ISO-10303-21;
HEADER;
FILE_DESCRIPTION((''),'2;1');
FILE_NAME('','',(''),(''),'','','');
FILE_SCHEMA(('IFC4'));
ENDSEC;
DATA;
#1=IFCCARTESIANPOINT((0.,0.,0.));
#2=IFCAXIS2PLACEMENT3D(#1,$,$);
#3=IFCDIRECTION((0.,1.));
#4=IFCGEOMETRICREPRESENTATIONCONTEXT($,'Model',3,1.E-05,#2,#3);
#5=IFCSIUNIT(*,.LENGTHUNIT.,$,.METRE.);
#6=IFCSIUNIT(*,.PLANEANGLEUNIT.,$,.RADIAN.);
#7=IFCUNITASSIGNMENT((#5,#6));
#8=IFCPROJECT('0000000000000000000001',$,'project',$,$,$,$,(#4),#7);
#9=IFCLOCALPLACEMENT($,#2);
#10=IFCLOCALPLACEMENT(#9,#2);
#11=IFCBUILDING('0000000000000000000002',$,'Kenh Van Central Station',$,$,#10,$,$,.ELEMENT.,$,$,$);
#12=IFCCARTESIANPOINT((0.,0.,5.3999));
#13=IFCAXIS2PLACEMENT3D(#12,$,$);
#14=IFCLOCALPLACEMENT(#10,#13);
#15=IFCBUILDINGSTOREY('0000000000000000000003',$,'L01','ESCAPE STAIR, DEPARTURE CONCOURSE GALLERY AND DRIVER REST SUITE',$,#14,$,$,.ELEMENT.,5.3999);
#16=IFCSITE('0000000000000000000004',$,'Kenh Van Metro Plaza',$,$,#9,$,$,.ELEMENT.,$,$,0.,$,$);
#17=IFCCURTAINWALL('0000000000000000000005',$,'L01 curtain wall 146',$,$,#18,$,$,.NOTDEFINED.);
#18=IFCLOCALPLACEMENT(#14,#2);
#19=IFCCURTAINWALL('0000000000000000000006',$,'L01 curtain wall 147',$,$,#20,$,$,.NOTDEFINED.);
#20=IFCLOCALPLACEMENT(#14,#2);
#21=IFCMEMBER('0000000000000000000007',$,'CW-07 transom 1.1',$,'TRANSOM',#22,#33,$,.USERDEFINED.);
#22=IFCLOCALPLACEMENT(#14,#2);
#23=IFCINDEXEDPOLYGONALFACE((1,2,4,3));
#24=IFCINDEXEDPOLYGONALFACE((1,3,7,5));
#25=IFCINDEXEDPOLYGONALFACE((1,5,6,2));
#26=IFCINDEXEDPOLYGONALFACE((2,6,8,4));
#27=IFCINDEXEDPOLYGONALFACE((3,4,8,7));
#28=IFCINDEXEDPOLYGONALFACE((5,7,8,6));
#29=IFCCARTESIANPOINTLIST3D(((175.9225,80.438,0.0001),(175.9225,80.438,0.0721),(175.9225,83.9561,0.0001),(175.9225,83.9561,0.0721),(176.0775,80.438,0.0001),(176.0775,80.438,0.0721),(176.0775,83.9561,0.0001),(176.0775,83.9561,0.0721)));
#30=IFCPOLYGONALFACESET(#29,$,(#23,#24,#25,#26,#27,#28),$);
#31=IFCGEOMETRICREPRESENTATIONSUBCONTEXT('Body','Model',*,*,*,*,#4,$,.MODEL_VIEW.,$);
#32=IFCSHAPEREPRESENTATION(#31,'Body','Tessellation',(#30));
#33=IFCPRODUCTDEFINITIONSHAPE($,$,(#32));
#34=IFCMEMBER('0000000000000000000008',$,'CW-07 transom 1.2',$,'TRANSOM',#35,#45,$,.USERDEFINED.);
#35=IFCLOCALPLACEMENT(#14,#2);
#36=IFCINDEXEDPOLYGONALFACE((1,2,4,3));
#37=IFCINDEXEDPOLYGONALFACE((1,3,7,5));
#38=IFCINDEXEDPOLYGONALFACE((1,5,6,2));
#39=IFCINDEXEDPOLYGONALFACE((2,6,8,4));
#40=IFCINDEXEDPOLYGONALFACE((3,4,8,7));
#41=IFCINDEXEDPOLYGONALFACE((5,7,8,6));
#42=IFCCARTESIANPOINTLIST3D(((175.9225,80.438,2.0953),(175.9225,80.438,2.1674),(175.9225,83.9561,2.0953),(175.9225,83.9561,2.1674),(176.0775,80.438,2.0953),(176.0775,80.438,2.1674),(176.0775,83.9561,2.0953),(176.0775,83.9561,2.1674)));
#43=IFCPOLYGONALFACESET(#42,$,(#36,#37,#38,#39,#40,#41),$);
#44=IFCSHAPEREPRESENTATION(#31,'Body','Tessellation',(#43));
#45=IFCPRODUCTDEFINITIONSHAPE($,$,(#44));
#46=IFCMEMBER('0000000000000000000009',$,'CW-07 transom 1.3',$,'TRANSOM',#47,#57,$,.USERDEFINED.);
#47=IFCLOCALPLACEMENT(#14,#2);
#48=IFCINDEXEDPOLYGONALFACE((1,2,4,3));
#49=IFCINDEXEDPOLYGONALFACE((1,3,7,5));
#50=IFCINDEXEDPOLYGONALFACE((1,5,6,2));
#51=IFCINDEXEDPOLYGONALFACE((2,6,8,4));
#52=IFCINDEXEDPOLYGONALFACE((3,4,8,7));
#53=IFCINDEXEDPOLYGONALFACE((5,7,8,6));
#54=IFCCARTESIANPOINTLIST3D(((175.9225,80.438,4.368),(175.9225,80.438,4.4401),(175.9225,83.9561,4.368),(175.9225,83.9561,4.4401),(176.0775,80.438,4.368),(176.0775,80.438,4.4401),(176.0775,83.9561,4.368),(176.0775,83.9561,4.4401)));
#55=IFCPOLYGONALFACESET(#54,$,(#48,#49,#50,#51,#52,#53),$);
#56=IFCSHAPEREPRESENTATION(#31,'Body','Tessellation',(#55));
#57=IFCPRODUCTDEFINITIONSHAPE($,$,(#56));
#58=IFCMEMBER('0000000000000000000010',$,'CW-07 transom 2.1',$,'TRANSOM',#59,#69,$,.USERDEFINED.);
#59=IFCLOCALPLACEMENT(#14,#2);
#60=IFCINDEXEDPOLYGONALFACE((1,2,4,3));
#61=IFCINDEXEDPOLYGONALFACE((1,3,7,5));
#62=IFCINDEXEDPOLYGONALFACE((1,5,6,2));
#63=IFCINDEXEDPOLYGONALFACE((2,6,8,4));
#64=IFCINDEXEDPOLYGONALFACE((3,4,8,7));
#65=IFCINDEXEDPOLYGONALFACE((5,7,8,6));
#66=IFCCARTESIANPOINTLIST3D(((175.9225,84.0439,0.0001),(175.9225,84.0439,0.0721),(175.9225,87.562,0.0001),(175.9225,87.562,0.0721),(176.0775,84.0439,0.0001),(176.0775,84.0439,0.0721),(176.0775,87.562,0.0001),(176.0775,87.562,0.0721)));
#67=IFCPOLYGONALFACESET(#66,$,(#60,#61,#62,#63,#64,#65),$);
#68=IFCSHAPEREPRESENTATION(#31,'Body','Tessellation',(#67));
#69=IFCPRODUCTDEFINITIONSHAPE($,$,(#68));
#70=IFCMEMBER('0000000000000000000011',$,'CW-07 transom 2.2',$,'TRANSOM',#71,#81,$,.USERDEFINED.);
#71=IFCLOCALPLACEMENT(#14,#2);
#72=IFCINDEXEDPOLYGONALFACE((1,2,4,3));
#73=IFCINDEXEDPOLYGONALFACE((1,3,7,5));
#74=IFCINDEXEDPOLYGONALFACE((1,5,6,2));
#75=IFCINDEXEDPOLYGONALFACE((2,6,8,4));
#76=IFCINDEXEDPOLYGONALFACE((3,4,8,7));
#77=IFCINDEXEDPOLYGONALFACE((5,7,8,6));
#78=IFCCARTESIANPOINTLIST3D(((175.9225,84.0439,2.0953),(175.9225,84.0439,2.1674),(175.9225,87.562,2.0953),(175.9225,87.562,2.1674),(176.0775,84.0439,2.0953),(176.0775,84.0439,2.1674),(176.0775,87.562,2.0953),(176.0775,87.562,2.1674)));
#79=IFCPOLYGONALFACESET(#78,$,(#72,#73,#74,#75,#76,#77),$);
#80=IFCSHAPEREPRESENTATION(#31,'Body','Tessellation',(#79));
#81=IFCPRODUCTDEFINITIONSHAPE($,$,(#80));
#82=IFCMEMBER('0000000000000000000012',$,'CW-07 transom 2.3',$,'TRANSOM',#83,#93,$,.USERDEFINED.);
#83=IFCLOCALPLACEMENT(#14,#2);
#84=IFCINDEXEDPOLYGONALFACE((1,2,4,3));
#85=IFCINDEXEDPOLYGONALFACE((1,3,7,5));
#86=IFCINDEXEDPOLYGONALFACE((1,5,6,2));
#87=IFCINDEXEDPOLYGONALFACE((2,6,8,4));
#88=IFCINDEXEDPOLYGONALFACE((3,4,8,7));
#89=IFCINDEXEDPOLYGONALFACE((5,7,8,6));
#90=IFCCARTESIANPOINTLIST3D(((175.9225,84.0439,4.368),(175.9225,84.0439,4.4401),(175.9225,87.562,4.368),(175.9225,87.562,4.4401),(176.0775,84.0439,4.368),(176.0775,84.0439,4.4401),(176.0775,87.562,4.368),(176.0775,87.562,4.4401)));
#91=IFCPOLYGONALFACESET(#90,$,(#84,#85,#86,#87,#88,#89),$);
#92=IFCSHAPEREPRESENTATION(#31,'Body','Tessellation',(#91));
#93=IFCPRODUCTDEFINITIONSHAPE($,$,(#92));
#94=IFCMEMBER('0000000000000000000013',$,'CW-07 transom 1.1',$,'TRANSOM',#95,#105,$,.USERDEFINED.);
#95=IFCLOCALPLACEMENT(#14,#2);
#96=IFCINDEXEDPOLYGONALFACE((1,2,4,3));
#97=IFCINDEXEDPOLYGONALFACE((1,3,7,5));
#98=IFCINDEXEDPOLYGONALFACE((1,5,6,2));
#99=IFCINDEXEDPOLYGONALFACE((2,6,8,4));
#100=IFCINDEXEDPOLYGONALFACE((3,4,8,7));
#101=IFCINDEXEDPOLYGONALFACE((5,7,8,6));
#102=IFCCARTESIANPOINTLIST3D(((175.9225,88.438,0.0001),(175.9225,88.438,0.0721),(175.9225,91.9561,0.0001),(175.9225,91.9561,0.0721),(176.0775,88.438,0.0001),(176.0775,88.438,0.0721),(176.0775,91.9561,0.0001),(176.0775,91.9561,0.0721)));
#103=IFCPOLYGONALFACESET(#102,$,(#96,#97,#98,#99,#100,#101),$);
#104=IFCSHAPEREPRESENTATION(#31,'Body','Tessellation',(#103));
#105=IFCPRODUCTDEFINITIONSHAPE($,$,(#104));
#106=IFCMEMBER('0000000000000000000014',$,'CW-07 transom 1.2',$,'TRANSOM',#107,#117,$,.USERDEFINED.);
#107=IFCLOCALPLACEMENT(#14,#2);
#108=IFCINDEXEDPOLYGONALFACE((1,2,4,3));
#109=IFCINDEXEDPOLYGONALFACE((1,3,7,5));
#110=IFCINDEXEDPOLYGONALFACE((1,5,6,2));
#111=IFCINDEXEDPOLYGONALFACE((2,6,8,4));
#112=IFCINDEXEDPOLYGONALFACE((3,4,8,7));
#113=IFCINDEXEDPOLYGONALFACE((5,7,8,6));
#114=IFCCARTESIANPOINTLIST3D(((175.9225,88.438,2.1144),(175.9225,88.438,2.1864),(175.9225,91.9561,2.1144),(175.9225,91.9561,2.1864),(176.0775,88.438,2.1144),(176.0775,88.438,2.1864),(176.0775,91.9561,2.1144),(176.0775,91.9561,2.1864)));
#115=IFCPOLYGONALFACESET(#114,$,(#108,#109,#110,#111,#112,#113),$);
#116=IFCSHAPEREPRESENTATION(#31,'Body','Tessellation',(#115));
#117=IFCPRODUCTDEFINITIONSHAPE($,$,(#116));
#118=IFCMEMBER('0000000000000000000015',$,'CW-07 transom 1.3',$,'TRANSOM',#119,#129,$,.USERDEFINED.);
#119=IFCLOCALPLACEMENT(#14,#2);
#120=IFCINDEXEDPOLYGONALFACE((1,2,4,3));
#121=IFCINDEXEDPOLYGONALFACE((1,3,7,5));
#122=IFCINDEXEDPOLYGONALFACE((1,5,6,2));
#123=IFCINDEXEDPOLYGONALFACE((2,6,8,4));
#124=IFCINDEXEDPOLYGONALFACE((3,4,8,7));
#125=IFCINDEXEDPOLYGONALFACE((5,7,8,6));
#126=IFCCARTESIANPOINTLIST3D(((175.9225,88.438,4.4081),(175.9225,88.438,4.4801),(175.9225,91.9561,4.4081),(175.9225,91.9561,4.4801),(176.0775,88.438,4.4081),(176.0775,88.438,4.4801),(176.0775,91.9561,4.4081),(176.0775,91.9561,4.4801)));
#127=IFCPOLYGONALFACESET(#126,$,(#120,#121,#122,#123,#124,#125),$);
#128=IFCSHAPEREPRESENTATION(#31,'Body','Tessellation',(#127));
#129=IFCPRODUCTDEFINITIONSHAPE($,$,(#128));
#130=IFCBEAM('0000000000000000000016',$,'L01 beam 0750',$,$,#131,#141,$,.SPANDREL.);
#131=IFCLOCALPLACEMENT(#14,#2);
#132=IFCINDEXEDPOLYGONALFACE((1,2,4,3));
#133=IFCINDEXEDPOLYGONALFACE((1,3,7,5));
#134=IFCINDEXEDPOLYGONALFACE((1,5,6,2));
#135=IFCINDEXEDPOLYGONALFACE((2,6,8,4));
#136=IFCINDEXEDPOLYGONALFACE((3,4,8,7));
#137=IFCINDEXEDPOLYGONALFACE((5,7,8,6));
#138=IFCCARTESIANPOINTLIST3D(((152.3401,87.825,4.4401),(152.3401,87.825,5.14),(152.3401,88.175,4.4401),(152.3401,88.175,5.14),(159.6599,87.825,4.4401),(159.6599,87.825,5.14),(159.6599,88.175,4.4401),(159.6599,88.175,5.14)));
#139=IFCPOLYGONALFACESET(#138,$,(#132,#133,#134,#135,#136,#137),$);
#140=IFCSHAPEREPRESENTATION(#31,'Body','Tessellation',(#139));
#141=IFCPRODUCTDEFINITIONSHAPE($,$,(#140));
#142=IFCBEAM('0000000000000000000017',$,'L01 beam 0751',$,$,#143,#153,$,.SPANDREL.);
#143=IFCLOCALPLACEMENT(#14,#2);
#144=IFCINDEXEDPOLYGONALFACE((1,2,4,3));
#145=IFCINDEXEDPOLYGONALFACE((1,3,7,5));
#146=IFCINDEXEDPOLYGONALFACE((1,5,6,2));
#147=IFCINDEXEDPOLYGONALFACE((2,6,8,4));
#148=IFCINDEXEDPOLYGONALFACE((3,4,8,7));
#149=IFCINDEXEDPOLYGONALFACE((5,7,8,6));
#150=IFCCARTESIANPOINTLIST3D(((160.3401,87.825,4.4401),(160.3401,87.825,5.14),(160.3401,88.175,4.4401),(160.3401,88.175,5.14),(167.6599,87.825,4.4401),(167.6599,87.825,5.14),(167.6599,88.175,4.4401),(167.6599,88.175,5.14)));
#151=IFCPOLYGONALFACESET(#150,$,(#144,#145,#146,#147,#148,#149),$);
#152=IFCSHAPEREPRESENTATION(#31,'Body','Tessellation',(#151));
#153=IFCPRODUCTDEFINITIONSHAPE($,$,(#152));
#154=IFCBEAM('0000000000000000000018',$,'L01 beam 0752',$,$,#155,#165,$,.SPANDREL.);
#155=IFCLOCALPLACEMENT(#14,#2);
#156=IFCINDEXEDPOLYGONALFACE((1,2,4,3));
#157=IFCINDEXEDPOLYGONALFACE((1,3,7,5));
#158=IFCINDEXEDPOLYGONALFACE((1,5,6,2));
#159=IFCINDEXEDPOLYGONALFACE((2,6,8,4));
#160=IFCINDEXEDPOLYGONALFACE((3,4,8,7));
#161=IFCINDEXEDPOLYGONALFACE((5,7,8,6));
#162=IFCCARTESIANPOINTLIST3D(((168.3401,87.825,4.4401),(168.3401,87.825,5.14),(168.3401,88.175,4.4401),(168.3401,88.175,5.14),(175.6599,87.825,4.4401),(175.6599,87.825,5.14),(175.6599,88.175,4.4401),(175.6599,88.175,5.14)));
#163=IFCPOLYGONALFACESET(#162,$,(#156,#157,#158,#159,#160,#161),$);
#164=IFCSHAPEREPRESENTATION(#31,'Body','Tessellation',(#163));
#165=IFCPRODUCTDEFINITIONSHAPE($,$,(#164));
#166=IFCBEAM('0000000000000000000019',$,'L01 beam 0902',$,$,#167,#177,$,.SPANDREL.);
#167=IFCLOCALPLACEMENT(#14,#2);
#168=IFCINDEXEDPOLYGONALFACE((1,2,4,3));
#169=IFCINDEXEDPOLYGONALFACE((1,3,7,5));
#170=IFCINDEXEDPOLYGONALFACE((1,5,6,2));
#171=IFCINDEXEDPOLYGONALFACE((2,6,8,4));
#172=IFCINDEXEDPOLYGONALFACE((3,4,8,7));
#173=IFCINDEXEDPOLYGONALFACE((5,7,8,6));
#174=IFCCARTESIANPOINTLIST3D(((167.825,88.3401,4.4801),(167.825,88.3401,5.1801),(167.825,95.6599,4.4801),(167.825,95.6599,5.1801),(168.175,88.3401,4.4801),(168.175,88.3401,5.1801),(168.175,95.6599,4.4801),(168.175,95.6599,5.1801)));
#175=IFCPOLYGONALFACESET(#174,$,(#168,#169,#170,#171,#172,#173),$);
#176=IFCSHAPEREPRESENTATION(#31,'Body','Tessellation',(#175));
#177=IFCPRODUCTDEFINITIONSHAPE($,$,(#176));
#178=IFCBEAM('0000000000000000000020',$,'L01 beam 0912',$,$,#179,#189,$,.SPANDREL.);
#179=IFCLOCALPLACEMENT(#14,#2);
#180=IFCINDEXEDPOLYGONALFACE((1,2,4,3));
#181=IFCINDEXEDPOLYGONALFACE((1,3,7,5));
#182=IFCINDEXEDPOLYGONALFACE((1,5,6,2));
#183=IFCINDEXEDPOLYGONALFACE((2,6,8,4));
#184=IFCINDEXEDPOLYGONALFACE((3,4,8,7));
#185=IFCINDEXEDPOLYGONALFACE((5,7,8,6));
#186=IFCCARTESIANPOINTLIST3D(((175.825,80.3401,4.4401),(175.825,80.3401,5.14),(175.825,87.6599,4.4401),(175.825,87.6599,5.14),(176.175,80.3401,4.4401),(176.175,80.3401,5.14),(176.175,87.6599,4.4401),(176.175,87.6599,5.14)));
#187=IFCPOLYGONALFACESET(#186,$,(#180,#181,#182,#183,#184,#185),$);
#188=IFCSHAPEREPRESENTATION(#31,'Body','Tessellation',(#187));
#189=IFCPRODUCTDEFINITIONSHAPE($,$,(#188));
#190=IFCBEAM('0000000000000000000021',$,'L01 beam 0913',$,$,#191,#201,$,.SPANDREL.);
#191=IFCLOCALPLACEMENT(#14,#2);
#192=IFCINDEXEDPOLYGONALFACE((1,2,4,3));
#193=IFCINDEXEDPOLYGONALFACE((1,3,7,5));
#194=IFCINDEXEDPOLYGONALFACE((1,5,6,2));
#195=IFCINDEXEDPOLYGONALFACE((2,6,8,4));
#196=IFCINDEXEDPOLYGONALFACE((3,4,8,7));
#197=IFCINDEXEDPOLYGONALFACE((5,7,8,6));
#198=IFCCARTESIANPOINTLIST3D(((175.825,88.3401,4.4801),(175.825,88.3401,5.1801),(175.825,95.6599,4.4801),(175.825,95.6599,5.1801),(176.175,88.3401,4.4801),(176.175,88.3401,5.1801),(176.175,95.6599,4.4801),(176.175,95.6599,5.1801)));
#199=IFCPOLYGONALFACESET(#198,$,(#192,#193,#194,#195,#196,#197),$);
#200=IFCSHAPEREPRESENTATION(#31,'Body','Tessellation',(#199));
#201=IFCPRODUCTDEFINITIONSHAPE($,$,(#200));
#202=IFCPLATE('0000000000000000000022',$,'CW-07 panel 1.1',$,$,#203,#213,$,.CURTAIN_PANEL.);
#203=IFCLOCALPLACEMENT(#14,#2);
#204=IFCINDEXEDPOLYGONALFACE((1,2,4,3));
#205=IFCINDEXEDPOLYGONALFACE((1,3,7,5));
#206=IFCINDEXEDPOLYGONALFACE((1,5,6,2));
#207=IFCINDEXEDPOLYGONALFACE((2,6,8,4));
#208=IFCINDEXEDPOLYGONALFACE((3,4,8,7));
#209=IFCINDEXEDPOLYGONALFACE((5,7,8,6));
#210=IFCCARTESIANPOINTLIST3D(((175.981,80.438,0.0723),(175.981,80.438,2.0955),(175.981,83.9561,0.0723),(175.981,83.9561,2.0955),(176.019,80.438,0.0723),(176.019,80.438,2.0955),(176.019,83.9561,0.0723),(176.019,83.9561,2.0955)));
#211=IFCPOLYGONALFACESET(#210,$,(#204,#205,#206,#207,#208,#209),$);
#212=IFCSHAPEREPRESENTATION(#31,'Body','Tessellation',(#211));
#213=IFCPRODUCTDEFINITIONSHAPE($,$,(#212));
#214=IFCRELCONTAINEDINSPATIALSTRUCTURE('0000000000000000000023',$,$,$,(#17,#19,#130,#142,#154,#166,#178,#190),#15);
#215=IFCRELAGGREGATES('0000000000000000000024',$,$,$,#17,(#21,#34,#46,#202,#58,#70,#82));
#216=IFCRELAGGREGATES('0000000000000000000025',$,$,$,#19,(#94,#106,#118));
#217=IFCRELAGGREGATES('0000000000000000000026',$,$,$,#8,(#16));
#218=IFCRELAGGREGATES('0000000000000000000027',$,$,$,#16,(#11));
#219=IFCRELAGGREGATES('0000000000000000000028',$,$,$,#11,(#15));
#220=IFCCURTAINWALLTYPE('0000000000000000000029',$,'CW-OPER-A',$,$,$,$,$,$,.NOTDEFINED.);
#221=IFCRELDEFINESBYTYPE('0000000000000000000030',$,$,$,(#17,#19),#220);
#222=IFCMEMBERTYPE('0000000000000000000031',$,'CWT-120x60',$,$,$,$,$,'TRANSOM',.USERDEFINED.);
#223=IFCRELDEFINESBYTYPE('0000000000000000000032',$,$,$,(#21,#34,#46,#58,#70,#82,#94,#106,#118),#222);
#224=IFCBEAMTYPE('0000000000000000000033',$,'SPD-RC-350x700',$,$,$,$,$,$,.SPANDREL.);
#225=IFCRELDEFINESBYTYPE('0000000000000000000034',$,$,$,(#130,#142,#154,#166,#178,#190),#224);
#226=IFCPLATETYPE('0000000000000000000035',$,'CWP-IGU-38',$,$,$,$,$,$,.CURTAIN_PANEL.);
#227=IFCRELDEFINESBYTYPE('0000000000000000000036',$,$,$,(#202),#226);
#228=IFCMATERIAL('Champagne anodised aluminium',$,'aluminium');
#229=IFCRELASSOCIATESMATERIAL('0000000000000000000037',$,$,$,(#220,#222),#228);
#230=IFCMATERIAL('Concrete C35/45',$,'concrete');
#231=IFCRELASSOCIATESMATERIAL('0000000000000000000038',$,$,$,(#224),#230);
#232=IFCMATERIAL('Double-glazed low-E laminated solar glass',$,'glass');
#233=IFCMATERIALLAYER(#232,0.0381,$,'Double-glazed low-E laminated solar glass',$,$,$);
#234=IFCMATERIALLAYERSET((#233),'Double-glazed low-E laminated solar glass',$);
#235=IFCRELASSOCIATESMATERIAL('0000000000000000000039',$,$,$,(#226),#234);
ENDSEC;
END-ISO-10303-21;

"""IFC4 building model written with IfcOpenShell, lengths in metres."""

from ifc_helpers import new_model, si_unit, direction, frame, origin, origin_2d, place, context, subcontext, project, spatial, rectangle, extrude, material, layer, layer_set, material_profile, profile_set, type_object, element, aggregate, save


model = new_model("IFC4")

# Units and contexts
model_context = context("Model", 3, precision=1e-05, world=origin(), true_north=direction((0.0, 1.0)))
body_context = subcontext(model_context, "Body", "Model", "MODEL_VIEW")
ifc_project = project(units=[si_unit("LENGTHUNIT", "METRE"), si_unit("PLANEANGLEUNIT", "RADIAN")], contexts=[model_context])

# Site, building, storey
site_placement = place(None, origin())
site = spatial("IfcSite", under=ifc_project, at=site_placement, Name="Kenh Van Metro Plaza", CompositionType="ELEMENT", RefElevation=0.0)
building_placement = place(site_placement, origin())
building = spatial("IfcBuilding", under=site, at=building_placement, Name="Kenh Van Central Station", CompositionType="ELEMENT")
storey_placement = place(building_placement, frame((0.0, 0.0, 5.3999)))
storey = spatial("IfcBuildingStorey", under=building, at=storey_placement, Name="L01", Description="ESCAPE STAIR, DEPARTURE CONCOURSE GALLERY AND DRIVER REST SUITE", CompositionType="ELEMENT", Elevation=5.3999)

# Shared definitions
ifc_material_1 = material(Name="Concrete C35/45", Category="concrete")

# Shared definitions
ifc_material_2 = material(Name="Champagne anodised aluminium", Category="aluminium")
curtain_wall_type = type_object("IfcCurtainWallType", Name="CW-OPER-A", PredefinedType="NOTDEFINED", material=ifc_material_2)

# Curtain wall
curtain_wall_1_placement = place(storey_placement, origin())
curtain_wall_1 = element("IfcCurtainWall", 1, at=curtain_wall_1_placement, inside=storey, type_object=curtain_wall_type, Name="L01 curtain wall 146", PredefinedType="NOTDEFINED")

# Curtain wall
curtain_wall_2_placement = place(storey_placement, origin())
curtain_wall_2 = element("IfcCurtainWall", 2, at=curtain_wall_2_placement, inside=storey, type_object=curtain_wall_type, Name="L01 curtain wall 147", PredefinedType="NOTDEFINED")

# Members
ifc_material_profile_1 = material_profile(ifc_material_2, rectangle(XDim=0.155, YDim=0.072, at=origin_2d()), Name="AL 155x72")
ifc_profile_set_1 = profile_set([ifc_material_profile_1], Name="Champagne anodised aluminium")
member_type_1 = type_object("IfcMemberType", Name="CWT-120x60", ElementType="TRANSOM", PredefinedType="USERDEFINED", material=ifc_profile_set_1)
member_1_placement = place(storey_placement, frame((176.0, 80.438, 0.0361), z_axis=(0.0, 1.0, 0.0), x_axis=(-1.0, 0.0, 0.0)))
member_1 = element("IfcMember", 3, at=member_1_placement, type_object=member_type_1, Name="CW-07 transom 1.1", ObjectType="TRANSOM", PredefinedType="USERDEFINED", context=body_context, shape_type="SweptSolid", body=[
    extrude(rectangle(XDim=0.155, YDim=0.072, at=origin_2d()), origin(), (0.0, 0.0, 1.0), 3.5181),
])
member_2_placement = place(storey_placement, frame((176.0, 80.438, 2.1313), z_axis=(0.0, 1.0, 0.0), x_axis=(-1.0, 0.0, 0.0)))
member_2 = element("IfcMember", 4, at=member_2_placement, type_object=member_type_1, Name="CW-07 transom 1.2", ObjectType="TRANSOM", PredefinedType="USERDEFINED", context=body_context, shape_type="SweptSolid", body=[
    extrude(rectangle(XDim=0.155, YDim=0.072, at=origin_2d()), origin(), (0.0, 0.0, 1.0), 3.5181),
])
member_3_placement = place(storey_placement, frame((176.0, 80.438, 4.4041), z_axis=(0.0, 1.0, 0.0), x_axis=(-1.0, 0.0, 0.0)))
member_3 = element("IfcMember", 5, at=member_3_placement, type_object=member_type_1, Name="CW-07 transom 1.3", ObjectType="TRANSOM", PredefinedType="USERDEFINED", context=body_context, shape_type="SweptSolid", body=[
    extrude(rectangle(XDim=0.155, YDim=0.072, at=origin_2d()), origin(), (0.0, 0.0, 1.0), 3.5181),
])
member_4_placement = place(storey_placement, frame((176.0, 84.0439, 0.0361), z_axis=(0.0, 1.0, 0.0), x_axis=(-1.0, 0.0, 0.0)))
member_4 = element("IfcMember", 6, at=member_4_placement, type_object=member_type_1, Name="CW-07 transom 2.1", ObjectType="TRANSOM", PredefinedType="USERDEFINED", context=body_context, shape_type="SweptSolid", body=[
    extrude(rectangle(XDim=0.155, YDim=0.072, at=origin_2d()), origin(), (0.0, 0.0, 1.0), 3.5181),
])
member_5_placement = place(storey_placement, frame((176.0, 84.0439, 2.1313), z_axis=(0.0, 1.0, 0.0), x_axis=(-1.0, 0.0, 0.0)))
member_5 = element("IfcMember", 7, at=member_5_placement, type_object=member_type_1, Name="CW-07 transom 2.2", ObjectType="TRANSOM", PredefinedType="USERDEFINED", context=body_context, shape_type="SweptSolid", body=[
    extrude(rectangle(XDim=0.155, YDim=0.072, at=origin_2d()), origin(), (0.0, 0.0, 1.0), 3.5181),
])
member_6_placement = place(storey_placement, frame((176.0, 84.0439, 4.4041), z_axis=(0.0, 1.0, 0.0), x_axis=(-1.0, 0.0, 0.0)))
member_6 = element("IfcMember", 8, at=member_6_placement, type_object=member_type_1, Name="CW-07 transom 2.3", ObjectType="TRANSOM", PredefinedType="USERDEFINED", context=body_context, shape_type="SweptSolid", body=[
    extrude(rectangle(XDim=0.155, YDim=0.072, at=origin_2d()), origin(), (0.0, 0.0, 1.0), 3.5181),
])
member_7_placement = place(storey_placement, frame((176.0, 88.438, 0.0361), z_axis=(0.0, 1.0, 0.0), x_axis=(-1.0, 0.0, 0.0)))
member_7 = element("IfcMember", 9, at=member_7_placement, type_object=member_type_1, Name="CW-07 transom 1.1", ObjectType="TRANSOM", PredefinedType="USERDEFINED", context=body_context, shape_type="SweptSolid", body=[
    extrude(rectangle(XDim=0.155, YDim=0.072, at=origin_2d()), origin(), (0.0, 0.0, 1.0), 3.5181),
])
member_8_placement = place(storey_placement, frame((176.0, 88.438, 2.1504), z_axis=(0.0, 1.0, 0.0), x_axis=(-1.0, 0.0, 0.0)))
member_8 = element("IfcMember", 10, at=member_8_placement, type_object=member_type_1, Name="CW-07 transom 1.2", ObjectType="TRANSOM", PredefinedType="USERDEFINED", context=body_context, shape_type="SweptSolid", body=[
    extrude(rectangle(XDim=0.155, YDim=0.072, at=origin_2d()), origin(), (0.0, 0.0, 1.0), 3.5181),
])
member_9_placement = place(storey_placement, frame((176.0, 88.438, 4.4441), z_axis=(0.0, 1.0, 0.0), x_axis=(-1.0, 0.0, 0.0)))
member_9 = element("IfcMember", 11, at=member_9_placement, type_object=member_type_1, Name="CW-07 transom 1.3", ObjectType="TRANSOM", PredefinedType="USERDEFINED", context=body_context, shape_type="SweptSolid", body=[
    extrude(rectangle(XDim=0.155, YDim=0.072, at=origin_2d()), origin(), (0.0, 0.0, 1.0), 3.5181),
])

# Beams
ifc_material_profile_2 = material_profile(ifc_material_1, rectangle(XDim=0.3501, YDim=0.7, at=origin_2d()), Name="RC 350x700")
ifc_profile_set_2 = profile_set([ifc_material_profile_2], Name="Concrete C35/45")
beam_type_1 = type_object("IfcBeamType", Name="SPD-RC-350x700", PredefinedType="SPANDREL", material=ifc_profile_set_2)
for number, where, z_axis, x_axis, name in (
    (12, (152.3401, 88.0, 4.79), (1.0, 0.0, 0.0), (0.0, 1.0, 0.0), "L01 beam 0750"),
    (13, (160.3401, 88.0, 4.79), (1.0, 0.0, 0.0), (0.0, 1.0, 0.0), "L01 beam 0751"),
    (14, (168.3401, 88.0, 4.79), (1.0, 0.0, 0.0), (0.0, 1.0, 0.0), "L01 beam 0752"),
    (15, (168.0, 88.3401, 4.8301), (0.0, 1.0, 0.0), (-1.0, 0.0, 0.0), "L01 beam 0902"),
    (16, (176.0, 80.3401, 4.79), (0.0, 1.0, 0.0), (-1.0, 0.0, 0.0), "L01 beam 0912"),
    (17, (176.0, 88.3401, 4.8301), (0.0, 1.0, 0.0), (-1.0, 0.0, 0.0), "L01 beam 0913"),
):
    element("IfcBeam", number, at=place(storey_placement, frame(where, z_axis=z_axis, x_axis=x_axis)), inside=storey, type_object=beam_type_1, Name=name, PredefinedType="SPANDREL", context=body_context, shape_type="SweptSolid", body=[
        extrude(rectangle(XDim=0.3501, YDim=0.7, at=origin_2d()), origin(), (0.0, 0.0, 1.0), 7.3198),
    ])

# Plate
ifc_material_3 = material(Name="Double-glazed low-E laminated solar glass", Category="glass")
ifc_layer = layer(ifc_material_3, 0.0381, Name="Double-glazed low-E laminated solar glass")
ifc_layer_set = layer_set([ifc_layer], Name="Double-glazed low-E laminated solar glass")
plate_type = type_object("IfcPlateType", Name="CWP-IGU-38", PredefinedType="CURTAIN_PANEL", material=ifc_layer_set)
plate_1_placement = place(storey_placement, frame((176.0, 82.197, 0.0723), z_axis=(0.0, 0.0, 1.0), x_axis=(0.0, 1.0, 0.0)))
plate_1 = element("IfcPlate", 18, at=plate_1_placement, type_object=plate_type, Name="CW-07 panel 1.1", PredefinedType="CURTAIN_PANEL", context=body_context, shape_type="SweptSolid", body=[
    extrude(rectangle(XDim=3.5181, YDim=0.0381, at=origin_2d()), origin(), (0.0, 0.0, 1.0), 2.0232),
])
aggregate(curtain_wall_1, [member_1, member_2, member_3, plate_1, member_4, member_5, member_6])
aggregate(curtain_wall_2, [member_7, member_8, member_9])

save(model, "model.ifc")
